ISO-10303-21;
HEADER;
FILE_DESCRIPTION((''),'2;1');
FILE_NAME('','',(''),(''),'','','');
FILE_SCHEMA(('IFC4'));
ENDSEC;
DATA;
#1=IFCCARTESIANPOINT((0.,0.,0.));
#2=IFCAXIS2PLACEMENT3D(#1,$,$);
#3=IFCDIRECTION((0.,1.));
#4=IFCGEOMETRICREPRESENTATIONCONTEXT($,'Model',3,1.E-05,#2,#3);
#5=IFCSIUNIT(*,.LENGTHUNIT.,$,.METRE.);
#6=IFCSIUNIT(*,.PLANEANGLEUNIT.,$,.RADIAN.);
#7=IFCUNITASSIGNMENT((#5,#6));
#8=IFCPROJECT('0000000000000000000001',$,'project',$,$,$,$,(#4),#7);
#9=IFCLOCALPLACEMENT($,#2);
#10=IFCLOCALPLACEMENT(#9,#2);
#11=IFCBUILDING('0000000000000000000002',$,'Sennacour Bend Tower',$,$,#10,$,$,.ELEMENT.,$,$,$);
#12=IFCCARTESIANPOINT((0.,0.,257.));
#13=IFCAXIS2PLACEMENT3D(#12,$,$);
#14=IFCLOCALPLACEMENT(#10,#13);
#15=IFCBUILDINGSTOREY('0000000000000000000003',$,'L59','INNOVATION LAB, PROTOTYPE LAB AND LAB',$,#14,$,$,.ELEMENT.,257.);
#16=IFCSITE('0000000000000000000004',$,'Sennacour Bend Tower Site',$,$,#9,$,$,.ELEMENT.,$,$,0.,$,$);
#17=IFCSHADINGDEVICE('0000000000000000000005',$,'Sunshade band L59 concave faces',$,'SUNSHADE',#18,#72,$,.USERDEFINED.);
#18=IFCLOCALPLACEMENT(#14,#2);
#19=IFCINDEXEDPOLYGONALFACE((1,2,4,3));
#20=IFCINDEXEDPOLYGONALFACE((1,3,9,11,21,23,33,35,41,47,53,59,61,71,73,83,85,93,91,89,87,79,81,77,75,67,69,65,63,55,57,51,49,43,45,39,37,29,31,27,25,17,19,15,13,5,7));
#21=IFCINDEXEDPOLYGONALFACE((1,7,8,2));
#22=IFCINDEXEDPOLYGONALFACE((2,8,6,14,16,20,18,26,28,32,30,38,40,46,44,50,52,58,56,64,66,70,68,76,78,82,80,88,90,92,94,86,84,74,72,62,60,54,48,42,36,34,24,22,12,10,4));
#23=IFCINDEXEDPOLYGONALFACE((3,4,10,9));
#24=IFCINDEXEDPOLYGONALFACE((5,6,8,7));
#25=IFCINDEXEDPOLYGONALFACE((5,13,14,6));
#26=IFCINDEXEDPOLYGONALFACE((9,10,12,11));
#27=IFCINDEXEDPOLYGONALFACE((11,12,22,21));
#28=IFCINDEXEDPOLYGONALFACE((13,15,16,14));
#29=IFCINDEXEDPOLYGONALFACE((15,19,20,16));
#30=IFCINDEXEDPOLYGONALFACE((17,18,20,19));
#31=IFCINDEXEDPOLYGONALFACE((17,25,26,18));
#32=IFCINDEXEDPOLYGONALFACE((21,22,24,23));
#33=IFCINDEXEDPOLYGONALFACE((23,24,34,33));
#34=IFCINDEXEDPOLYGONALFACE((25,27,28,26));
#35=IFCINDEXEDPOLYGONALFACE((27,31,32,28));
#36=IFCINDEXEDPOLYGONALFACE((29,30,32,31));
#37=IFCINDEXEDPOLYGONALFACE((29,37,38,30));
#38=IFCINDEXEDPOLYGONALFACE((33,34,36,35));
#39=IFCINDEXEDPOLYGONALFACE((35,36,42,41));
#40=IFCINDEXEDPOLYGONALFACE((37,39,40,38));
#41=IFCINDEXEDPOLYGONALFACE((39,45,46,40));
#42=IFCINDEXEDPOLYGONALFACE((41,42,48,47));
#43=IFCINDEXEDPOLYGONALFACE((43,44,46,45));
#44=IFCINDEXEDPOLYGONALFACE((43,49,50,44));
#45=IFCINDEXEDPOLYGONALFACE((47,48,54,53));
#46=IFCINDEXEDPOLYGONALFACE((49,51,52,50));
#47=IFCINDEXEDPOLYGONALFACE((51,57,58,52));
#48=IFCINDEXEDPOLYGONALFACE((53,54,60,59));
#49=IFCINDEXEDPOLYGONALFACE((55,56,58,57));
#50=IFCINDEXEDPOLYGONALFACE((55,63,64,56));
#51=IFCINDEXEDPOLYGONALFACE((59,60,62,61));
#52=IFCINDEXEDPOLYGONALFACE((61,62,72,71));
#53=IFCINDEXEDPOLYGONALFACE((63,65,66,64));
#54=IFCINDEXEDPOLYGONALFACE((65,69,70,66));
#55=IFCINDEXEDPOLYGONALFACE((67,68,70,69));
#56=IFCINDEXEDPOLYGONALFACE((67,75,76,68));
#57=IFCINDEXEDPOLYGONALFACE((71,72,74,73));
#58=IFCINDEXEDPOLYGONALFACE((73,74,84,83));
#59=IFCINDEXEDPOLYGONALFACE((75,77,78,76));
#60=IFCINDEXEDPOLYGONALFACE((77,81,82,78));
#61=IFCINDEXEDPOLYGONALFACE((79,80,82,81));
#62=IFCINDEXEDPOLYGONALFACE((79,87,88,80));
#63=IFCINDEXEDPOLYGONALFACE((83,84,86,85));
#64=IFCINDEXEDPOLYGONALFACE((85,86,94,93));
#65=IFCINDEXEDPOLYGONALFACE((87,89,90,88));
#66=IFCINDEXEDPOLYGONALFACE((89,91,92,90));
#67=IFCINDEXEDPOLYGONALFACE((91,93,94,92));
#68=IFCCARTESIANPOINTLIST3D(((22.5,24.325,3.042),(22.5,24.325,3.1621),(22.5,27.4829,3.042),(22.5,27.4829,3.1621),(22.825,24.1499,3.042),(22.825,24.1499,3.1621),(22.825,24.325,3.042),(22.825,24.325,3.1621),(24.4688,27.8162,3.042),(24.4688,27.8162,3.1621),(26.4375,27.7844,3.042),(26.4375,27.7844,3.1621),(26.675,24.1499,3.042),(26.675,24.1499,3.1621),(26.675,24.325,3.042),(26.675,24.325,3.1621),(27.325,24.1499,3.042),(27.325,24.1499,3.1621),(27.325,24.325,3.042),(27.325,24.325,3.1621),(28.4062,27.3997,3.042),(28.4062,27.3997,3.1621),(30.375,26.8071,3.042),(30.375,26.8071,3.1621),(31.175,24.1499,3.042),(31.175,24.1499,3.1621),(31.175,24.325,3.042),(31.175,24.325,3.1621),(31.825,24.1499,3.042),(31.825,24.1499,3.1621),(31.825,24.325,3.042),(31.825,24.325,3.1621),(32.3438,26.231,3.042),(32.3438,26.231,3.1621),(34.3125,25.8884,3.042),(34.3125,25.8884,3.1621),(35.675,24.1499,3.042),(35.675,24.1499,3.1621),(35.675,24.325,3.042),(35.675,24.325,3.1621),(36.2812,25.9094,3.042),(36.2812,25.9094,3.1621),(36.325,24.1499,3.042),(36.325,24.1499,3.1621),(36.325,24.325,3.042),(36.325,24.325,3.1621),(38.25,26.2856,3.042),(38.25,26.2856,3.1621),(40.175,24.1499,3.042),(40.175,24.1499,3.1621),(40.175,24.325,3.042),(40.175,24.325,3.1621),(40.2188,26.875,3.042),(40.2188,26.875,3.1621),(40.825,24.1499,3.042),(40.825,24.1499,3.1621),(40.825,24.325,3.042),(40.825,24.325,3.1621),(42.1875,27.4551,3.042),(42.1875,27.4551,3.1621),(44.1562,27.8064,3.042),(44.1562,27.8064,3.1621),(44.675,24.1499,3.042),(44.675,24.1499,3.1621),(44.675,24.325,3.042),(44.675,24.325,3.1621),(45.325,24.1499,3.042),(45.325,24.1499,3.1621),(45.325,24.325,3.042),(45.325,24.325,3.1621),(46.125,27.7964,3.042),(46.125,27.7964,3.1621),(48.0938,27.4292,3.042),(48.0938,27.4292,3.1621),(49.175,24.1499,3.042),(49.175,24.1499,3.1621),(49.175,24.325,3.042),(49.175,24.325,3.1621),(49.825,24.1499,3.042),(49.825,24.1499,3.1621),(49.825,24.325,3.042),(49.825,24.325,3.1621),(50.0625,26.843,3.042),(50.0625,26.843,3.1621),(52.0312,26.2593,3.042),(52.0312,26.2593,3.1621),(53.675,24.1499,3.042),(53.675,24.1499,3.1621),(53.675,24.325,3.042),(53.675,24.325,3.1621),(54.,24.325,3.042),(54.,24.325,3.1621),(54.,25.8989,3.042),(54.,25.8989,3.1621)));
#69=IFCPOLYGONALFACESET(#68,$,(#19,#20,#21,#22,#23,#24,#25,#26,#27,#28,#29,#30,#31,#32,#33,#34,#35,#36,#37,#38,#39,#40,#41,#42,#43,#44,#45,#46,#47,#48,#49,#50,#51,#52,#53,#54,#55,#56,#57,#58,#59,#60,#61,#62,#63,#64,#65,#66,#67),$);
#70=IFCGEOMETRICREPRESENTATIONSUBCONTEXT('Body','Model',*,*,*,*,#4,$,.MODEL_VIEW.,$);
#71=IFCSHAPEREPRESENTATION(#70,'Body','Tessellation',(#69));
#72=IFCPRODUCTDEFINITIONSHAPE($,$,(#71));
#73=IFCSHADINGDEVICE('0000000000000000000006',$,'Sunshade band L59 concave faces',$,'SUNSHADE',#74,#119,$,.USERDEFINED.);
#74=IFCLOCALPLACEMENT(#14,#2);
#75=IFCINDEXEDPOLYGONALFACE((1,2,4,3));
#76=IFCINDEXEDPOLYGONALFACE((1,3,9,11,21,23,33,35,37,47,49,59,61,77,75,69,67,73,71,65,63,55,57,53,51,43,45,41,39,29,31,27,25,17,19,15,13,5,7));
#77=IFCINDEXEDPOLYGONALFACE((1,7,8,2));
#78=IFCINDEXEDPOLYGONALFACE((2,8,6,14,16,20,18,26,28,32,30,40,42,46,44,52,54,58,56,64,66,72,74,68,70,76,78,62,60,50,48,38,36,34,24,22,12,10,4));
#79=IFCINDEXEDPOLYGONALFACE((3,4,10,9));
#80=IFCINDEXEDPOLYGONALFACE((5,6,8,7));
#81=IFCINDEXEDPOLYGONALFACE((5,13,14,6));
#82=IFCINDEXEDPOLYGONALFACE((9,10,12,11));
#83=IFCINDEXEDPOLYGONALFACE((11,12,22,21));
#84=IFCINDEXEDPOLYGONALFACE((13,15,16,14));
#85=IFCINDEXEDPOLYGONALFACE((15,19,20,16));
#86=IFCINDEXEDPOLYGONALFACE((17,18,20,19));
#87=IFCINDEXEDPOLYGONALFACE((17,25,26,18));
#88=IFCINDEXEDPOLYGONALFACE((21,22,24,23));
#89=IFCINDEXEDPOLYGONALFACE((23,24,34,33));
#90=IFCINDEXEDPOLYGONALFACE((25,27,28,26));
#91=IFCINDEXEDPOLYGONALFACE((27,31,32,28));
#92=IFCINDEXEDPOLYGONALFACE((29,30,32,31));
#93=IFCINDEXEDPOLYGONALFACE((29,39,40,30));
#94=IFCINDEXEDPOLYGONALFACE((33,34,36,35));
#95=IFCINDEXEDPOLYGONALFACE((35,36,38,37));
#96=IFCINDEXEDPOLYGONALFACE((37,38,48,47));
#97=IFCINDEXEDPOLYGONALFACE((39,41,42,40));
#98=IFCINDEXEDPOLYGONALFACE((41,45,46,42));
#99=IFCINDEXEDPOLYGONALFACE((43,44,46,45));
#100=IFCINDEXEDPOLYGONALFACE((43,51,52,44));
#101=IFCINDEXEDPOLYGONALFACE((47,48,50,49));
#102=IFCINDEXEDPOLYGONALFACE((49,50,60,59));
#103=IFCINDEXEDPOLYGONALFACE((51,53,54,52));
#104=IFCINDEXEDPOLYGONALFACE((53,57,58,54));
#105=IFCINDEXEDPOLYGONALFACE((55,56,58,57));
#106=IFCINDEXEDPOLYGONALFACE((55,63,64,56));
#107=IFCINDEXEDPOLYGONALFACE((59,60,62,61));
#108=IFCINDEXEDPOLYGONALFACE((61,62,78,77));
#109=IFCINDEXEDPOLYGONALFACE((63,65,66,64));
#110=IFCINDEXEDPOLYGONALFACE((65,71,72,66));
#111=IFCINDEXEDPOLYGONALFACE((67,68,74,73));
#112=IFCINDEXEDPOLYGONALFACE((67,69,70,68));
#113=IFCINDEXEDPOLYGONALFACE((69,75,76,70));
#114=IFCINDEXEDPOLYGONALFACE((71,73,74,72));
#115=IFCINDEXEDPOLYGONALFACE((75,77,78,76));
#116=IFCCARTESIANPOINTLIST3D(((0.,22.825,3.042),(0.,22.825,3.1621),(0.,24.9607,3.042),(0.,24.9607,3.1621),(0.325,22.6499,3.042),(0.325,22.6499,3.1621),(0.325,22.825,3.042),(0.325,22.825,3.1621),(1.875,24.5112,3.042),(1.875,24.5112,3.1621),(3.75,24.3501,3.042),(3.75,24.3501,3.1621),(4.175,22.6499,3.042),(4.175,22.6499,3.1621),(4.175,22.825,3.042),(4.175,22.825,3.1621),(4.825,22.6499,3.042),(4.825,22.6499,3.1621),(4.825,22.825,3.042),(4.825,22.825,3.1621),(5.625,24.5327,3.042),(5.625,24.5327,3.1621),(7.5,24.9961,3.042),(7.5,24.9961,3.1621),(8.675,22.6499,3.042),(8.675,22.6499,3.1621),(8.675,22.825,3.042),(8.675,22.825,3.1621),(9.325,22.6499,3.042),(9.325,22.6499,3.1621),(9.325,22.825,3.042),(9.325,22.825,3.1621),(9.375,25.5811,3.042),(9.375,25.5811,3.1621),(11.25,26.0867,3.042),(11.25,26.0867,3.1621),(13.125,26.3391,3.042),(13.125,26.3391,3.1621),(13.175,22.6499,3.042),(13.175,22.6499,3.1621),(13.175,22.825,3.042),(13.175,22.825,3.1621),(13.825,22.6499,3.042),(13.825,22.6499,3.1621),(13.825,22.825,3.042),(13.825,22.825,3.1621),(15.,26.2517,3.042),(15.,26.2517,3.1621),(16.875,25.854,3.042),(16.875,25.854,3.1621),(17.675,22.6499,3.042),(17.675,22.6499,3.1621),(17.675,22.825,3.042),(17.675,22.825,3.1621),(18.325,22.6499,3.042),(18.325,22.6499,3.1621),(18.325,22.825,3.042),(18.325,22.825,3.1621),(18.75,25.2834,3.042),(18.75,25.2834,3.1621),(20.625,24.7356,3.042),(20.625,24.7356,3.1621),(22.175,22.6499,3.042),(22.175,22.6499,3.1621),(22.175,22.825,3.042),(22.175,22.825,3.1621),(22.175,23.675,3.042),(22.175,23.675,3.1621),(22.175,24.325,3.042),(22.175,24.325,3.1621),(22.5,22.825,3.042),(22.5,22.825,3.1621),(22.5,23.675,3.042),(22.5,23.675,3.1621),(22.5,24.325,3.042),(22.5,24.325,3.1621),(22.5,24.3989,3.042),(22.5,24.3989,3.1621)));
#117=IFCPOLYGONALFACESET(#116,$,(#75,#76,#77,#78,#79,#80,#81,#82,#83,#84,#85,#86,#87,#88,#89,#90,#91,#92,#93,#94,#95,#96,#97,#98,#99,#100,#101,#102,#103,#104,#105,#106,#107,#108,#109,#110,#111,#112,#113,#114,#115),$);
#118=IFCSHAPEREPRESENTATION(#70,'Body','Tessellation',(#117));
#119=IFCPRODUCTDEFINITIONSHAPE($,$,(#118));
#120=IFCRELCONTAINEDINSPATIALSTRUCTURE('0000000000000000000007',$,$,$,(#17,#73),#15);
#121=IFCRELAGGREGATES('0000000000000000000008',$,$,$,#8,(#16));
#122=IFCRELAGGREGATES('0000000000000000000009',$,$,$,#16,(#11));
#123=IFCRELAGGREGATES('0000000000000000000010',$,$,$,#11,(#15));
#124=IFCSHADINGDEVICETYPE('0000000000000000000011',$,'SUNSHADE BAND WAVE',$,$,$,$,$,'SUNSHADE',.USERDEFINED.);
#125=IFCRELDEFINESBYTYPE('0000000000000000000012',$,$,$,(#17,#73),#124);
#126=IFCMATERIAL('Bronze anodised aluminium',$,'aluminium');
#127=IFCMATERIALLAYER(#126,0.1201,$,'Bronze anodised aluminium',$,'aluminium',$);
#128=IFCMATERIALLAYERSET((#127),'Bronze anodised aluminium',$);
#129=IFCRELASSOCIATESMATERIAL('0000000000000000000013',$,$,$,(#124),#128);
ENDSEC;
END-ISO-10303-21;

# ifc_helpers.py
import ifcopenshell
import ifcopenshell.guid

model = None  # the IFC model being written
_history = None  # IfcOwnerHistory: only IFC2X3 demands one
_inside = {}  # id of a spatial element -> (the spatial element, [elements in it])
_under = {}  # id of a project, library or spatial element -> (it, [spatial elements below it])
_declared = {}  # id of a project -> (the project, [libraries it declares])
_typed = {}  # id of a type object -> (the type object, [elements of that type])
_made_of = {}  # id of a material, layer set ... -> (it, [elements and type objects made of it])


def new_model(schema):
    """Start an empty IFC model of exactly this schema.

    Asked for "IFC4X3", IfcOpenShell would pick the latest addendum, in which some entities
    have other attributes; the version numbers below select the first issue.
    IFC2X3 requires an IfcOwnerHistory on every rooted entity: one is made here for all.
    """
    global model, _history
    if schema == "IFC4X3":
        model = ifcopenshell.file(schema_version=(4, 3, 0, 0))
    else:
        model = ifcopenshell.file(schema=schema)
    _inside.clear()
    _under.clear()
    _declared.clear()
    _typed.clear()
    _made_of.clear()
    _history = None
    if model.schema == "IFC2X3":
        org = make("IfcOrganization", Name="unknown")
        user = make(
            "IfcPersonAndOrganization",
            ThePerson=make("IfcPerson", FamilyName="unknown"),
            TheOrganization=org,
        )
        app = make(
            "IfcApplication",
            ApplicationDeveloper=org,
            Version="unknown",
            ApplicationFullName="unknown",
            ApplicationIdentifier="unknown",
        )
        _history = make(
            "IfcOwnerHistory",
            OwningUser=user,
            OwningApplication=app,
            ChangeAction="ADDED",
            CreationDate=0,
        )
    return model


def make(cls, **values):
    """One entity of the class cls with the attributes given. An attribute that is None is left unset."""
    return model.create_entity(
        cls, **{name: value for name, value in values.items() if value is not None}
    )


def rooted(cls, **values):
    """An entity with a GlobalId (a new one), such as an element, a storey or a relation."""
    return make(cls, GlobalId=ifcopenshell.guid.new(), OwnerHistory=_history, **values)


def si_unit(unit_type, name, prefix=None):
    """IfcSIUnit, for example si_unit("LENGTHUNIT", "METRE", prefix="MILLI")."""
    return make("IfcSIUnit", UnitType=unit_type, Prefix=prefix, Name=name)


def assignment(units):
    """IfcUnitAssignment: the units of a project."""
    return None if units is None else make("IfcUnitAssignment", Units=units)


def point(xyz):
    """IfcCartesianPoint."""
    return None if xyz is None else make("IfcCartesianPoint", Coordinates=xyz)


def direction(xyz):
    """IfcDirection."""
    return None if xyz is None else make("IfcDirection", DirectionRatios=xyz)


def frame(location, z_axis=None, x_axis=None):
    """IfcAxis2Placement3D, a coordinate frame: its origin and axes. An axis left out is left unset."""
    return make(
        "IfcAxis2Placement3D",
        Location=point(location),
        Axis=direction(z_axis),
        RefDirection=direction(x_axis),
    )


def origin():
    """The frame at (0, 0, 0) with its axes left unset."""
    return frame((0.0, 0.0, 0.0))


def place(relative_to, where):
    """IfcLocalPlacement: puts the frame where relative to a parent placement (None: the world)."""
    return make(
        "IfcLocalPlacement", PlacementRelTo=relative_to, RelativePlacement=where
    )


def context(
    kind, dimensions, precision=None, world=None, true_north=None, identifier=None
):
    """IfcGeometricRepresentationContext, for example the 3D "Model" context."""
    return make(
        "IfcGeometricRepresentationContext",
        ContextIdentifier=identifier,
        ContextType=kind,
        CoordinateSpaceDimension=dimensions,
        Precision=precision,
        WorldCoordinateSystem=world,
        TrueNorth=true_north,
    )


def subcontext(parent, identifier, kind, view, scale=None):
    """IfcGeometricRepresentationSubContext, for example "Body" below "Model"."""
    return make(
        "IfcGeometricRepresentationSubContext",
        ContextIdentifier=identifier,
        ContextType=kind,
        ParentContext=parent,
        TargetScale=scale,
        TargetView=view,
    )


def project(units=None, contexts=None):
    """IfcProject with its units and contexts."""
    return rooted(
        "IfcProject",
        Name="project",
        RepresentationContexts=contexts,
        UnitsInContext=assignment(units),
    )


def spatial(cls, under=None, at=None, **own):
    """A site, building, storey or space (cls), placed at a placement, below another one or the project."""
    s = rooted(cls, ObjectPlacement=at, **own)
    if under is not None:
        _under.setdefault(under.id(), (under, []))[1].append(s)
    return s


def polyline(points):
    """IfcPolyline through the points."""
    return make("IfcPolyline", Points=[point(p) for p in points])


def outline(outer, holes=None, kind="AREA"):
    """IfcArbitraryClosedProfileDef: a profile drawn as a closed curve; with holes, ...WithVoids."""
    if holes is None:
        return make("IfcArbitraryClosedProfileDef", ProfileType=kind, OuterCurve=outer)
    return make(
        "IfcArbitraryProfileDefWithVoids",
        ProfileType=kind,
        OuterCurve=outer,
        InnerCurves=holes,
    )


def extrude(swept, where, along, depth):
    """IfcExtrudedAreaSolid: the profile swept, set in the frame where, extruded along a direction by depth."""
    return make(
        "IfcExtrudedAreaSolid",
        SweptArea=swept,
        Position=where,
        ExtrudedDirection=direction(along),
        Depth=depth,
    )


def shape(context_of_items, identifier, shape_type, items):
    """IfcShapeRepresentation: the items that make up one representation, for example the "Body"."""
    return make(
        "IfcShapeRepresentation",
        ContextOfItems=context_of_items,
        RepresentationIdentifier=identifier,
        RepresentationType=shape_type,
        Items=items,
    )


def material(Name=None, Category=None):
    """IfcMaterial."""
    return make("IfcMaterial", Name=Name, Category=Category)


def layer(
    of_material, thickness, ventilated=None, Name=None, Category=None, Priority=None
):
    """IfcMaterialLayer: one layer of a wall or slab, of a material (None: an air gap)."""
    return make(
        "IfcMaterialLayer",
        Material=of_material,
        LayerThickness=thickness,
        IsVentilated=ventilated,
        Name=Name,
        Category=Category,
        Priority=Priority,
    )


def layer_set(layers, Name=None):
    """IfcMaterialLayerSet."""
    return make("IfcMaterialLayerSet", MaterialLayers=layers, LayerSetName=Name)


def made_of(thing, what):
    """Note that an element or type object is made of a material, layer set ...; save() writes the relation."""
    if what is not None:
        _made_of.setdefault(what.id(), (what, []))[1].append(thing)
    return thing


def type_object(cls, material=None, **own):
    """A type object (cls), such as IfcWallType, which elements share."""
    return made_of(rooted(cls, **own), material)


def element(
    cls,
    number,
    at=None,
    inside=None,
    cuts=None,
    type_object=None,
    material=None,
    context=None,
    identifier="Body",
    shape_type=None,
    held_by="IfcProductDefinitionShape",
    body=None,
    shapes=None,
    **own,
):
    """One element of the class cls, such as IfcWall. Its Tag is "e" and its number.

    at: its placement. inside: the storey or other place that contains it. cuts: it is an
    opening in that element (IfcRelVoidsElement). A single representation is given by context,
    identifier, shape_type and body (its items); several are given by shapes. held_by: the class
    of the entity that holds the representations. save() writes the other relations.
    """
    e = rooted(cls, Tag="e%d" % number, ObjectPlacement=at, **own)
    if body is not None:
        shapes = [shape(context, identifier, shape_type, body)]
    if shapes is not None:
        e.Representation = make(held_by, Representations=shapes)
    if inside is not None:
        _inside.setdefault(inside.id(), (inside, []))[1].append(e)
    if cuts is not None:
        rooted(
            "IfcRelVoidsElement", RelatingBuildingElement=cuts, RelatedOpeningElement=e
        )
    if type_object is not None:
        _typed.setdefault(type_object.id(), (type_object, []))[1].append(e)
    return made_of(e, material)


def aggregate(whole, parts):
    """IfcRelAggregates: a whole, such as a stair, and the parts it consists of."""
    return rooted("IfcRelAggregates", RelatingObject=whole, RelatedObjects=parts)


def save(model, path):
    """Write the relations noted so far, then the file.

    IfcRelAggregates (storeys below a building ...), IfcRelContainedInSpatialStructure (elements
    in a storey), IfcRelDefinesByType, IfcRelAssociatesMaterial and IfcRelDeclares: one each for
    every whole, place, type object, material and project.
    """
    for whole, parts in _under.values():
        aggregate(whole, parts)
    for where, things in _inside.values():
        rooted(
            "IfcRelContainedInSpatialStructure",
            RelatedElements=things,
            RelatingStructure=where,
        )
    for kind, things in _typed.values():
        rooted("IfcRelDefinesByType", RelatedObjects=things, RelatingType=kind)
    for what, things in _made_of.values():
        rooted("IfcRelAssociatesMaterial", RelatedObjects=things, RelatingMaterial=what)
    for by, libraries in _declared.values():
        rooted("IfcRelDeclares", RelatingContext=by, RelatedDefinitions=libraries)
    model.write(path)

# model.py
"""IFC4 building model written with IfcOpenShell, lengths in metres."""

from ifc_helpers import new_model, si_unit, direction, frame, origin, place, context, subcontext, project, spatial, polyline, outline, extrude, material, layer, layer_set, type_object, element, save


model = new_model("IFC4")

# Units and contexts
model_context = context("Model", 3, precision=1e-05, world=origin(), true_north=direction((0.0, 1.0)))
body_context = subcontext(model_context, "Body", "Model", "MODEL_VIEW")
ifc_project = project(units=[si_unit("LENGTHUNIT", "METRE"), si_unit("PLANEANGLEUNIT", "RADIAN")], contexts=[model_context])

# Site, building, storey
site_placement = place(None, origin())
site = spatial("IfcSite", under=ifc_project, at=site_placement, Name="Sennacour Bend Tower Site", CompositionType="ELEMENT", RefElevation=0.0)
building_placement = place(site_placement, origin())
building = spatial("IfcBuilding", under=site, at=building_placement, Name="Sennacour Bend Tower", CompositionType="ELEMENT")
storey_placement = place(building_placement, frame((0.0, 0.0, 257.0)))
storey = spatial("IfcBuildingStorey", under=building, at=storey_placement, Name="L59", Description="INNOVATION LAB, PROTOTYPE LAB AND LAB", CompositionType="ELEMENT", Elevation=257.0)

# Shading devices
ifc_material_1 = material(Name="Bronze anodised aluminium", Category="aluminium")
ifc_layer_1 = layer(ifc_material_1, 0.1201, Name="Bronze anodised aluminium", Category="aluminium")
ifc_layer_set_1 = layer_set([ifc_layer_1], Name="Bronze anodised aluminium")
shading_device_type_1 = type_object("IfcShadingDeviceType", Name="SUNSHADE BAND WAVE", ElementType="SUNSHADE", PredefinedType="USERDEFINED", material=ifc_layer_set_1)
shading_device_1_placement = place(storey_placement, frame((0.0, 0.0, 3.042)))
element("IfcShadingDevice", 1, at=shading_device_1_placement, inside=storey, type_object=shading_device_type_1, Name="Sunshade band L59 concave faces", ObjectType="SUNSHADE", PredefinedType="USERDEFINED", context=body_context, shape_type="SweptSolid", body=[
    extrude(outline(polyline([(53.675, 24.1499), (49.825, 24.1499), (49.825, 24.325), (49.175, 24.325), (49.175, 24.1499), (45.325, 24.1499), (45.325, 24.325), (44.675, 24.325), (44.675, 24.1499), (40.825, 24.1499), (40.825, 24.325), (40.175, 24.325), (40.175, 24.1499), (36.325, 24.1499), (36.325, 24.325), (35.675, 24.325), (35.675, 24.1499), (31.825, 24.1499), (31.825, 24.325), (31.175, 24.325), (31.175, 24.1499), (27.325, 24.1499), (27.325, 24.325), (26.675, 24.325), (26.675, 24.1499), (22.825, 24.1499), (22.825, 24.325), (22.5, 24.325), (22.5, 27.4829), (24.4688, 27.8162), (26.4375, 27.7844), (28.4062, 27.3997), (30.375, 26.8071), (32.3438, 26.231), (34.3125, 25.8884), (36.2812, 25.9094), (38.25, 26.2856), (40.2188, 26.875), (42.1875, 27.4551), (44.1562, 27.8064), (46.125, 27.7964), (48.0938, 27.4292), (50.0625, 26.843), (52.0312, 26.2593), (54.0, 25.8989), (54.0, 24.325), (53.675, 24.325), (53.675, 24.1499)])), origin(), (0.0, 0.0, 1.0), 0.1201),
])
shading_device_2_placement = place(storey_placement, frame((0.0, 0.0, 3.042)))
element("IfcShadingDevice", 2, at=shading_device_2_placement, inside=storey, type_object=shading_device_type_1, Name="Sunshade band L59 concave faces", ObjectType="SUNSHADE", PredefinedType="USERDEFINED", context=body_context, shape_type="SweptSolid", body=[
    extrude(outline(polyline([(22.175, 22.6499), (18.325, 22.6499), (18.325, 22.825), (17.675, 22.825), (17.675, 22.6499), (13.825, 22.6499), (13.825, 22.825), (13.175, 22.825), (13.175, 22.6499), (9.325, 22.6499), (9.325, 22.825), (8.675, 22.825), (8.675, 22.6499), (4.825, 22.6499), (4.825, 22.825), (4.175, 22.825), (4.175, 22.6499), (0.325, 22.6499), (0.325, 22.825), (0.0, 22.825), (0.0, 24.9607), (1.875, 24.5112), (3.75, 24.3501), (5.625, 24.5327), (7.5, 24.9961), (9.375, 25.5811), (11.25, 26.0867), (13.125, 26.3391), (15.0, 26.2517), (16.875, 25.854), (18.75, 25.2834), (20.625, 24.7356), (22.5, 24.3989), (22.5, 24.325), (22.175, 24.325), (22.175, 23.675), (22.5, 23.675), (22.5, 22.825), (22.175, 22.825), (22.175, 22.6499)])), origin(), (0.0, 0.0, 1.0), 0.1201),
])

save(model, "model.ifc")
